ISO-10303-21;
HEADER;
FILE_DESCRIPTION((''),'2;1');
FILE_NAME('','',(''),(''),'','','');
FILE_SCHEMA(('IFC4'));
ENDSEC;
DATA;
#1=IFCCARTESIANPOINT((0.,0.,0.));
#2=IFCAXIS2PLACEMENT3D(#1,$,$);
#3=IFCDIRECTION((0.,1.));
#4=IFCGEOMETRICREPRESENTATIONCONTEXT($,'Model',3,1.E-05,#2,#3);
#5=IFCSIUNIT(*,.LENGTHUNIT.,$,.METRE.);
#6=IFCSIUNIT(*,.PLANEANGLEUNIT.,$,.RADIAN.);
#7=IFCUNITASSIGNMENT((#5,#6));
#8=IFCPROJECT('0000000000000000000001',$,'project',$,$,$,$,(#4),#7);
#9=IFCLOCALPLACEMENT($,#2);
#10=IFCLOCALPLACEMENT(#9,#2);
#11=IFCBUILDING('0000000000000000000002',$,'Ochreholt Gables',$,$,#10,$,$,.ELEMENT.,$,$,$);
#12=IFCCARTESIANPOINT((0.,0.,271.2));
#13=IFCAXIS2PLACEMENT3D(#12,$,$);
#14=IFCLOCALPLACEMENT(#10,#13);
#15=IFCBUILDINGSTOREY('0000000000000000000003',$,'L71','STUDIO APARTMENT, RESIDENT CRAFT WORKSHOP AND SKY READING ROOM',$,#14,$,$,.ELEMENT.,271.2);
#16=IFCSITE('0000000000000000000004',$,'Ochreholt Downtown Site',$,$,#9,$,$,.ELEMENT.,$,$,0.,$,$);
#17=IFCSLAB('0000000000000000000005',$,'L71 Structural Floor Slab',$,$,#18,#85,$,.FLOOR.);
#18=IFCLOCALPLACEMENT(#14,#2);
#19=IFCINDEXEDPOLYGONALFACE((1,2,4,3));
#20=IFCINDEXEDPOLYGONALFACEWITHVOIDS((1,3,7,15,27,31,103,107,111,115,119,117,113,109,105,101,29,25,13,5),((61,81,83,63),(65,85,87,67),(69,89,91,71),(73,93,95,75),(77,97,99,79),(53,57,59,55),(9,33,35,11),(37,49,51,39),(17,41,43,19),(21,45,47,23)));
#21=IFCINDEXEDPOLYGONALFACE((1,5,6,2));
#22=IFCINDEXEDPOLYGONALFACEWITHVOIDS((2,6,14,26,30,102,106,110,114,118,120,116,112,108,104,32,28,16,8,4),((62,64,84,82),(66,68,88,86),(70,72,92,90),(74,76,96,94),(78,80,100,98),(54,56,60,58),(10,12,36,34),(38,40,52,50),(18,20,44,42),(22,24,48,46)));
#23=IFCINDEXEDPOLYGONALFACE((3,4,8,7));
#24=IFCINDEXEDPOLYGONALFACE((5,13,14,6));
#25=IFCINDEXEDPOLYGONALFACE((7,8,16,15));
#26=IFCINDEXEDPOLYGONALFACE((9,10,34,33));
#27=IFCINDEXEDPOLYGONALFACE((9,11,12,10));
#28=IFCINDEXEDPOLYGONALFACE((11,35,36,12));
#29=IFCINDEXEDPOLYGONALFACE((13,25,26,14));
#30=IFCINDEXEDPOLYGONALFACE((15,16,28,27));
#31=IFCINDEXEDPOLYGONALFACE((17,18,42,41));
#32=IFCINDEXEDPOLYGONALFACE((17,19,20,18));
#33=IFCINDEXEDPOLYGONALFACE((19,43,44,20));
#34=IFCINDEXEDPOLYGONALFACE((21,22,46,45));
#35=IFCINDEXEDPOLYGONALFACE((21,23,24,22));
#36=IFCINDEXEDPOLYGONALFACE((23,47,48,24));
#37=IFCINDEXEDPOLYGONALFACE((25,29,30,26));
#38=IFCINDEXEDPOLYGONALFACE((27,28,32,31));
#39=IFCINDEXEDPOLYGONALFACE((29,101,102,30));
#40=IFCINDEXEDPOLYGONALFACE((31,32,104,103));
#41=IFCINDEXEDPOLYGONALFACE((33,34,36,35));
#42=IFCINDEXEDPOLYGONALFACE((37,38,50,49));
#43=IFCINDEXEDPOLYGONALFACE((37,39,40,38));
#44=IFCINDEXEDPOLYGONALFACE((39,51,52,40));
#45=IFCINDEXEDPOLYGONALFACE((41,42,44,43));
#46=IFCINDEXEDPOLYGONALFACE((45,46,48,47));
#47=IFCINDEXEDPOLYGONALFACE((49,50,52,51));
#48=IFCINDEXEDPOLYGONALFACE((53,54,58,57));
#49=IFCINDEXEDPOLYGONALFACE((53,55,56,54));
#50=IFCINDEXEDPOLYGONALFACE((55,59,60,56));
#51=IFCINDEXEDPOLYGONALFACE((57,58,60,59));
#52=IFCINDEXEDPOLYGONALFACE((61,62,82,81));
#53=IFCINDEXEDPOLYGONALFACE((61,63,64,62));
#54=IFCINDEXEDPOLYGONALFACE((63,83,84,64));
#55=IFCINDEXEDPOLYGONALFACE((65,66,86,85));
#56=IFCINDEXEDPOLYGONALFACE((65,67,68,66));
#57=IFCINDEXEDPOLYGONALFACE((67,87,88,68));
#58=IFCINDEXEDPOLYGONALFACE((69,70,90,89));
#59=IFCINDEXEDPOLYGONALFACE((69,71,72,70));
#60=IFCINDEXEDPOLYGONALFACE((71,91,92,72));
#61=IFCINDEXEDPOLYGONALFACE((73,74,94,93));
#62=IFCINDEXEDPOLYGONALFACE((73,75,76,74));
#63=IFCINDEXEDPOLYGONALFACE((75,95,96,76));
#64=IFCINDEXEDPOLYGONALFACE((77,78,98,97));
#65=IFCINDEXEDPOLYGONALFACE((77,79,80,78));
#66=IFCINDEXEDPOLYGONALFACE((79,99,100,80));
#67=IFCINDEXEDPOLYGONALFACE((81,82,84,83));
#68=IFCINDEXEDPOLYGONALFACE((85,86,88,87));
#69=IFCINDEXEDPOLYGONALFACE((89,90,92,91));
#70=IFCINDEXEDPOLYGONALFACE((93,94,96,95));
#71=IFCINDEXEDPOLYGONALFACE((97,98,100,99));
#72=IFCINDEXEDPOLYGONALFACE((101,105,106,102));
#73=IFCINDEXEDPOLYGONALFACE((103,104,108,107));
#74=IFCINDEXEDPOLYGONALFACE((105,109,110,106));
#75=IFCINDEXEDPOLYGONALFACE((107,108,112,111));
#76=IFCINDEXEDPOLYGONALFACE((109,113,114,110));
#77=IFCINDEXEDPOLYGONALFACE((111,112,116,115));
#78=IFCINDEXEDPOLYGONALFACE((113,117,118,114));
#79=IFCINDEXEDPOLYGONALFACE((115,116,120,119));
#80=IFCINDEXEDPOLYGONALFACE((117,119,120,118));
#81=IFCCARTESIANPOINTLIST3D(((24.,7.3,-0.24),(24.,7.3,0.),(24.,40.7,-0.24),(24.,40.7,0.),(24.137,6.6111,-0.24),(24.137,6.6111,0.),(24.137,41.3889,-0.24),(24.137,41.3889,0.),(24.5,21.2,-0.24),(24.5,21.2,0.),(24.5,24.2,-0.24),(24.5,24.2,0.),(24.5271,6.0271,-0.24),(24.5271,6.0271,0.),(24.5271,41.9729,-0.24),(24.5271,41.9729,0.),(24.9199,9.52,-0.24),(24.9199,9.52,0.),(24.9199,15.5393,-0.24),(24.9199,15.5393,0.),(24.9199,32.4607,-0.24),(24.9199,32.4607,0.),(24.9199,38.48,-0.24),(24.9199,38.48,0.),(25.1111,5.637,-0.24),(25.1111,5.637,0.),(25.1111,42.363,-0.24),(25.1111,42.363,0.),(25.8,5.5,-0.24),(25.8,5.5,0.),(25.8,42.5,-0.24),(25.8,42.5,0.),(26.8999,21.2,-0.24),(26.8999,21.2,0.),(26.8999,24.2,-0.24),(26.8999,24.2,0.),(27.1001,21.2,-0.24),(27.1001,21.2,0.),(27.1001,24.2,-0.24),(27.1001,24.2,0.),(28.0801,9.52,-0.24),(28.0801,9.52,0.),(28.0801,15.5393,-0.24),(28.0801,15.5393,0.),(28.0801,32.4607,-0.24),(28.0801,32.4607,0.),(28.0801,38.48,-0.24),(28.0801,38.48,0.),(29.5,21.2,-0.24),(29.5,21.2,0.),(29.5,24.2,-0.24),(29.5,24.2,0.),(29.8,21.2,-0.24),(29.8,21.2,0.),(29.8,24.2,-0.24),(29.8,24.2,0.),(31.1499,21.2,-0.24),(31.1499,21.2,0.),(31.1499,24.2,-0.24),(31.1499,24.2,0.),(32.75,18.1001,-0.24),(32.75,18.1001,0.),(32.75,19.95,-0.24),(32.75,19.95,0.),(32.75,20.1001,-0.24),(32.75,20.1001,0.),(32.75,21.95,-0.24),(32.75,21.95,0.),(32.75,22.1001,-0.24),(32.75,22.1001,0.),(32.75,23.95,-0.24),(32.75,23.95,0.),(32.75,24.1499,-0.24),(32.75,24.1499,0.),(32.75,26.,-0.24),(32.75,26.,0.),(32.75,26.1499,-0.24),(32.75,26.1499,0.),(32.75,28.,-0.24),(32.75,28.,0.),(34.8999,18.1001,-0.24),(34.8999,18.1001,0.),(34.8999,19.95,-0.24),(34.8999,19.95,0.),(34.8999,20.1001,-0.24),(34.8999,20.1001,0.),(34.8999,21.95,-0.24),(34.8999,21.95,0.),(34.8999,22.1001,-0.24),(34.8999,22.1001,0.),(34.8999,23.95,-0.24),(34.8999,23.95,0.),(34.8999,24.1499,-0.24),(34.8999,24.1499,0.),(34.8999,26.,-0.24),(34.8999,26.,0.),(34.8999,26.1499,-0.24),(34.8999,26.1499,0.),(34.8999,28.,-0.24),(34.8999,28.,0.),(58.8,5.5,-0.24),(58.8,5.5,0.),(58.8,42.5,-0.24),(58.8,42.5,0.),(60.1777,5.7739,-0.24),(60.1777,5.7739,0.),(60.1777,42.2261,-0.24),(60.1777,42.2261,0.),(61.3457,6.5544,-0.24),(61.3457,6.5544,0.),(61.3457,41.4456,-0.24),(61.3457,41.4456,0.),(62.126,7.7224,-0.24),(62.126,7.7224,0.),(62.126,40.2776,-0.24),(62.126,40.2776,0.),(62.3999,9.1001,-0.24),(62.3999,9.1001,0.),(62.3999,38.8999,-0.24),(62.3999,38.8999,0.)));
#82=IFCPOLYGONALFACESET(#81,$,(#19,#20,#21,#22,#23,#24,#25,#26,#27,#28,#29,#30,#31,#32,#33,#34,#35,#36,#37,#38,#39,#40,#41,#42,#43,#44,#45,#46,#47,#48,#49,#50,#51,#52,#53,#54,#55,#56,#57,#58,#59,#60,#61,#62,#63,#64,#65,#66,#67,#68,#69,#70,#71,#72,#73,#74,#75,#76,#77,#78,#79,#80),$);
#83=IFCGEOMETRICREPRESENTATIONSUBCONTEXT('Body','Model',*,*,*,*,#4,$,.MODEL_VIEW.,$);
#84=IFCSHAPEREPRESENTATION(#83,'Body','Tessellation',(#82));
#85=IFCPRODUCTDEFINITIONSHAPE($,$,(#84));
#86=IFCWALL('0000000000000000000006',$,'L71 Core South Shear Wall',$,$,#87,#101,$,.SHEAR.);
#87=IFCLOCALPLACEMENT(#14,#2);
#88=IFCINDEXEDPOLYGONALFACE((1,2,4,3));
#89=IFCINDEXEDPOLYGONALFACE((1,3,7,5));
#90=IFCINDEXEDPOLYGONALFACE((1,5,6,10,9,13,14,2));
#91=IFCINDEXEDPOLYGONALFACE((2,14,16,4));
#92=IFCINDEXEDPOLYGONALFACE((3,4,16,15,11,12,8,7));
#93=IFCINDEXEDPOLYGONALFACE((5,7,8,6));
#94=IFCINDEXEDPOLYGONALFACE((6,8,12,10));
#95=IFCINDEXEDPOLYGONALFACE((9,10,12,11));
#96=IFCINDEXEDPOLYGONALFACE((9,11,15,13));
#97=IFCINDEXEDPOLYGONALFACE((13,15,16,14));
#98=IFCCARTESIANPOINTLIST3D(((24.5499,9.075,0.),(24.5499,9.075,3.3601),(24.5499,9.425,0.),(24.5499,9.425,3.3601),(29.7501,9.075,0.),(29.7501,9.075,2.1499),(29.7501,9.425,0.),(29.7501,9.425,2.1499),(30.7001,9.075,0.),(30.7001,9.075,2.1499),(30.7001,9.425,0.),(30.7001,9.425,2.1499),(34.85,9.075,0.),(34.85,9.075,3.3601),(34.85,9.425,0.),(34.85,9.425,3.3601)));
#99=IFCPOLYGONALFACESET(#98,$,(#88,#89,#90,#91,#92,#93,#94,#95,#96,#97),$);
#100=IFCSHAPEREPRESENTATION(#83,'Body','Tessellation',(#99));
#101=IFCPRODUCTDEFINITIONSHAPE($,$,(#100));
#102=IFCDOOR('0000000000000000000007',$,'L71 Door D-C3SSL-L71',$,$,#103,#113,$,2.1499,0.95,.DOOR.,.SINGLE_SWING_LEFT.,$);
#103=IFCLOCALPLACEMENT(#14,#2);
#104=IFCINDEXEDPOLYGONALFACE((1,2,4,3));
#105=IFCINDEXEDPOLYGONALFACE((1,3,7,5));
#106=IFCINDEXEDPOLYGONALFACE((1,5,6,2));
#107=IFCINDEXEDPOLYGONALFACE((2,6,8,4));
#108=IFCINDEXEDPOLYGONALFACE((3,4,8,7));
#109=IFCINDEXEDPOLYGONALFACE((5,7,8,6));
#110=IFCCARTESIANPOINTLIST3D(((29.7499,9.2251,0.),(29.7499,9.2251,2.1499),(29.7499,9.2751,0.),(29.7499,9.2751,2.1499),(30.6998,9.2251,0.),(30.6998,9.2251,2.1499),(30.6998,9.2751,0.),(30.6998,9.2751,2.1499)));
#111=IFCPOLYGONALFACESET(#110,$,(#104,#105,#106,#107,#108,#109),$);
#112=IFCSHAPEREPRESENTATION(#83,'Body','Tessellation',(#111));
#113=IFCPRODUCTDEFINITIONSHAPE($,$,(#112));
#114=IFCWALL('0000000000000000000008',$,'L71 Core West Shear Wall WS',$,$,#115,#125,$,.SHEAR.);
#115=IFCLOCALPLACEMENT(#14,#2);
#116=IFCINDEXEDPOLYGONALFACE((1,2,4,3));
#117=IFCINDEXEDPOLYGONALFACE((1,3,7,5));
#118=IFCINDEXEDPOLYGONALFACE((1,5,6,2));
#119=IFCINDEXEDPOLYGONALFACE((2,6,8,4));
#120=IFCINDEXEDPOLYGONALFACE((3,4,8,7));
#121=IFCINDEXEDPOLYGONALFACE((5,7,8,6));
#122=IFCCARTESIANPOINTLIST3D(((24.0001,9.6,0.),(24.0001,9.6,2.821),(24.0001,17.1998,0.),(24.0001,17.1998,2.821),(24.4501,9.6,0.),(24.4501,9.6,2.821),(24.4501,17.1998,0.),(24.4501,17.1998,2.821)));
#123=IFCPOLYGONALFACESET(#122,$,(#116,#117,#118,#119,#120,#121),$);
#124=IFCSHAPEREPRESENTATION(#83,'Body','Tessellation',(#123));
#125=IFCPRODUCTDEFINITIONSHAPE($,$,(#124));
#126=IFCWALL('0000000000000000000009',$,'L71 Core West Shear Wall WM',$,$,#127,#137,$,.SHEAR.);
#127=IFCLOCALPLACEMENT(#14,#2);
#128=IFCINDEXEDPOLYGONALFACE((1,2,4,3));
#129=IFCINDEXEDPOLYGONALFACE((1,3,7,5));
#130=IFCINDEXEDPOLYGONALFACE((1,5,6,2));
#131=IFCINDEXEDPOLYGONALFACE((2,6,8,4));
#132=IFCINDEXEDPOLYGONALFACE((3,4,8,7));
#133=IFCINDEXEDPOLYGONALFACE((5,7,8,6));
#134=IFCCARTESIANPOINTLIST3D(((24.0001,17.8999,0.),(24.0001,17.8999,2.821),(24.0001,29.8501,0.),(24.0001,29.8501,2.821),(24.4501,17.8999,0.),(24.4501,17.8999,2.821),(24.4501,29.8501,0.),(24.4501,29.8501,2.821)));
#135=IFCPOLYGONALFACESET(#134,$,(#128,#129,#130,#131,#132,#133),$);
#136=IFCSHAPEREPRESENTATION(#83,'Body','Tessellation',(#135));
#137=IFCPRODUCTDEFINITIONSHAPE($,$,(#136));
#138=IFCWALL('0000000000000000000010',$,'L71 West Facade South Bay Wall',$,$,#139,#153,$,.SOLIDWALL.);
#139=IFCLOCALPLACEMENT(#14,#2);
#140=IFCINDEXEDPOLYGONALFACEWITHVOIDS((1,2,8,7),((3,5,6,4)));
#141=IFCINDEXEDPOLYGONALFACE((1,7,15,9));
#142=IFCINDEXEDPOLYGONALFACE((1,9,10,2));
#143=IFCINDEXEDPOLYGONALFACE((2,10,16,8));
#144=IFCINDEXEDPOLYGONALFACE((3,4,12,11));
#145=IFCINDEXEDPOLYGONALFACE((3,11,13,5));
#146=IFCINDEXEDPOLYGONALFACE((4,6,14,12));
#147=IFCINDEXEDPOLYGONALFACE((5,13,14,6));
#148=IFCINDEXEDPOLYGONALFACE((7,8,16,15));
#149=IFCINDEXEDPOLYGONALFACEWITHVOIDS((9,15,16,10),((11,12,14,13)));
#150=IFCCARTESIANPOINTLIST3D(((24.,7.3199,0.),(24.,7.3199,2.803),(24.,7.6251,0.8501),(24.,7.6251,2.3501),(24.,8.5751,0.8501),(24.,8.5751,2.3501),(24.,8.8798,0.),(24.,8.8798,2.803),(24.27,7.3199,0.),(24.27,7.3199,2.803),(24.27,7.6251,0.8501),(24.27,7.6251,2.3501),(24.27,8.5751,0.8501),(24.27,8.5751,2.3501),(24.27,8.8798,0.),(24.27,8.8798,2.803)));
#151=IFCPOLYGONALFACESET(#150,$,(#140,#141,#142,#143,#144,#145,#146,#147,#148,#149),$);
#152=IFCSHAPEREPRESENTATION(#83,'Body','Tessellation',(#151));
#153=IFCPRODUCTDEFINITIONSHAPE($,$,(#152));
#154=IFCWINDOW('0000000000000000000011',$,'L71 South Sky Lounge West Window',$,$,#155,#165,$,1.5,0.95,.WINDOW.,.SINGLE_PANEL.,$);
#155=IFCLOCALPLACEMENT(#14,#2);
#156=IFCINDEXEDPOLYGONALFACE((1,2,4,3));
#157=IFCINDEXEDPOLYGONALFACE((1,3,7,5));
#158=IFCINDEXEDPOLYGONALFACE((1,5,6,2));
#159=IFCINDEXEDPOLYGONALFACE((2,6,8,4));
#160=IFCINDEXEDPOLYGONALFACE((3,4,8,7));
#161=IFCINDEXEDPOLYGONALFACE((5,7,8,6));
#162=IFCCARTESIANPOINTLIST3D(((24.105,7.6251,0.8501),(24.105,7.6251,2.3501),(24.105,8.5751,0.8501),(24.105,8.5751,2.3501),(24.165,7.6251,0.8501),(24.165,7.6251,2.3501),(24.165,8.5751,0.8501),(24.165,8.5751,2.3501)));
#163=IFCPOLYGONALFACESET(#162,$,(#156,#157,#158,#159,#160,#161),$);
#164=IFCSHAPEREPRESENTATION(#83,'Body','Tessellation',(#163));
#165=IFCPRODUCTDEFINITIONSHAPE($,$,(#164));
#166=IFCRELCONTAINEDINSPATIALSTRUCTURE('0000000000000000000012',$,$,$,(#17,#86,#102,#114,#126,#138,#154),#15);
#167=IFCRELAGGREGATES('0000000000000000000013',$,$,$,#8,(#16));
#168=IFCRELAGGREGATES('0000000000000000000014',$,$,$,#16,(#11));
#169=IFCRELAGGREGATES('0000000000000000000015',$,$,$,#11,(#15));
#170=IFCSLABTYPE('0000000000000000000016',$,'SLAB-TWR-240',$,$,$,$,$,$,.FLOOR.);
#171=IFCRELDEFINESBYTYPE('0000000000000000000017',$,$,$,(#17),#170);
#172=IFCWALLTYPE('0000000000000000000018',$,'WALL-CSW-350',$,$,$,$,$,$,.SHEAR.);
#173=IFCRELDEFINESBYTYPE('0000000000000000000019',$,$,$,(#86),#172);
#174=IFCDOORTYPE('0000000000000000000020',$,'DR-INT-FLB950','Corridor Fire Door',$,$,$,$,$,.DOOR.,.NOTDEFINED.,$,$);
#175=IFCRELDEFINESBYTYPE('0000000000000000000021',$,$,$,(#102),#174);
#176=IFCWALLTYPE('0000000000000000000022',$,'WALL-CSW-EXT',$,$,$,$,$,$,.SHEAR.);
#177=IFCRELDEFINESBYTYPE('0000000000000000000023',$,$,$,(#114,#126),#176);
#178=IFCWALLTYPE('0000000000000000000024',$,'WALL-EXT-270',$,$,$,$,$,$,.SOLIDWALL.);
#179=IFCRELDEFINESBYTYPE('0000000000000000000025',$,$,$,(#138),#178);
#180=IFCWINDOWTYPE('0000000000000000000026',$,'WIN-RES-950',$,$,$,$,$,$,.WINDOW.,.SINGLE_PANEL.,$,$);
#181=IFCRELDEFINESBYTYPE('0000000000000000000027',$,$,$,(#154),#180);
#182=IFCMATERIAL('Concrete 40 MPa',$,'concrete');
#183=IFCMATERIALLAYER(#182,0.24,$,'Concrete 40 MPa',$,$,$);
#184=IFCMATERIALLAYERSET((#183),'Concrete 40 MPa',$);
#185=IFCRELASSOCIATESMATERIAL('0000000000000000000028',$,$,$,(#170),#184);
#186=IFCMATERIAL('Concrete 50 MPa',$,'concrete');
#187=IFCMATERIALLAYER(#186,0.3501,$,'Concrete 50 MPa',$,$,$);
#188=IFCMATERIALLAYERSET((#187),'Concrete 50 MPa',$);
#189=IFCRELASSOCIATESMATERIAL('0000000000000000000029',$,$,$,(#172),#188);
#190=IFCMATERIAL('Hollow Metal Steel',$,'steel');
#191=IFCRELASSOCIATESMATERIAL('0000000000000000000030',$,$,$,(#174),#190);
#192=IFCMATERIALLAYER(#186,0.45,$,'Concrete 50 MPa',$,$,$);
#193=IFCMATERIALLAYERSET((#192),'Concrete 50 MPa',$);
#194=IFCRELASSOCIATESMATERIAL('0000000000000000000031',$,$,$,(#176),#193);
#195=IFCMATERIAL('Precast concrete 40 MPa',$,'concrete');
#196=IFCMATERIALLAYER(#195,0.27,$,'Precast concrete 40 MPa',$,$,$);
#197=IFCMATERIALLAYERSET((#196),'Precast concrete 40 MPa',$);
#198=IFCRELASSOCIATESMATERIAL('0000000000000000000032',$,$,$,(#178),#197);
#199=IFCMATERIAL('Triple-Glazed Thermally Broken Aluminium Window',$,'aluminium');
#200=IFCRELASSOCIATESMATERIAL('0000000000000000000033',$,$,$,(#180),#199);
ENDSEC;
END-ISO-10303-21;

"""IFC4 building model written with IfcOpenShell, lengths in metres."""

from ifc_helpers import new_model, si_unit, direction, frame, frame_2d, origin, place, context, subcontext, project, spatial, polyline, rectangle, outline, extrude, material, layer, layer_set, type_object, element, fill, save


model = new_model("IFC4")

# Units and contexts
model_context = context("Model", 3, precision=1e-05, world=origin(), true_north=direction((0.0, 1.0)))
body_context = subcontext(model_context, "Body", "Model", "MODEL_VIEW")
ifc_project = project(units=[si_unit("LENGTHUNIT", "METRE"), si_unit("PLANEANGLEUNIT", "RADIAN")], contexts=[model_context])

# Site, building, storey
site_placement = place(None, origin())
site = spatial("IfcSite", under=ifc_project, at=site_placement, Name="Ochreholt Downtown Site", CompositionType="ELEMENT", RefElevation=0.0)
building_placement = place(site_placement, origin())
building = spatial("IfcBuilding", under=site, at=building_placement, Name="Ochreholt Gables", CompositionType="ELEMENT")
storey_placement = place(building_placement, frame((0.0, 0.0, 271.2)))
storey = spatial("IfcBuildingStorey", under=building, at=storey_placement, Name="L71", Description="STUDIO APARTMENT, RESIDENT CRAFT WORKSHOP AND SKY READING ROOM", CompositionType="ELEMENT", Elevation=271.2)

# Shared definitions
ifc_material_1 = material(Name="Concrete 50 MPa", Category="concrete")

# Shared definitions
ifc_material_2 = material(Name="Concrete 40 MPa", Category="concrete")

# Slab
ifc_layer_1 = layer(ifc_material_2, 0.24, Name="Concrete 40 MPa")
ifc_layer_set_1 = layer_set([ifc_layer_1], Name="Concrete 40 MPa")
slab_type_1 = type_object("IfcSlabType", Name="SLAB-TWR-240", PredefinedType="FLOOR", material=ifc_layer_set_1)
slab_1_placement = place(storey_placement, frame((0.0, 0.0, -0.24)))
element("IfcSlab", 1, at=slab_1_placement, inside=storey, type_object=slab_type_1, Name="L71 Structural Floor Slab", PredefinedType="FLOOR", context=body_context, shape_type="SweptSolid", body=[
    extrude(outline(polyline([(24.0, 7.3), (24.137, 6.6111), (24.5271, 6.0271), (25.1111, 5.637), (25.8, 5.5), (58.8, 5.5), (60.1777, 5.7739), (61.3457, 6.5544), (62.126, 7.7224), (62.3999, 9.1001), (62.3999, 38.8999), (62.126, 40.2776), (61.3457, 41.4456), (60.1777, 42.2261), (58.8, 42.5), (25.8, 42.5), (25.1111, 42.363), (24.5271, 41.9729), (24.137, 41.3889), (24.0, 40.7), (24.0, 7.3)]), holes=[polyline([(24.9199, 15.5393), (24.9199, 9.52), (28.0801, 9.52), (28.0801, 15.5393), (24.9199, 15.5393)]), polyline([(28.0801, 32.4607), (28.0801, 38.48), (24.9199, 38.48), (24.9199, 32.4607), (28.0801, 32.4607)]), polyline([(24.5, 21.2), (26.8999, 21.2), (26.8999, 24.2), (24.5, 24.2), (24.5, 21.2)]), polyline([(27.1001, 21.2), (29.5, 21.2), (29.5, 24.2), (27.1001, 24.2), (27.1001, 21.2)]), polyline([(32.75, 18.1001), (34.8999, 18.1001), (34.8999, 19.95), (32.75, 19.95), (32.75, 18.1001)]), polyline([(32.75, 20.1001), (34.8999, 20.1001), (34.8999, 21.95), (32.75, 21.95), (32.75, 20.1001)]), polyline([(32.75, 22.1001), (34.8999, 22.1001), (34.8999, 23.95), (32.75, 23.95), (32.75, 22.1001)]), polyline([(32.75, 24.1499), (34.8999, 24.1499), (34.8999, 26.0), (32.75, 26.0), (32.75, 24.1499)]), polyline([(32.75, 26.1499), (34.8999, 26.1499), (34.8999, 28.0), (32.75, 28.0), (32.75, 26.1499)]), polyline([(29.8, 21.2), (31.1499, 21.2), (31.1499, 24.2), (29.8, 24.2), (29.8, 21.2)])]), origin(), (0.0, 0.0, 1.0), 0.24),
])

# Wall, opening, door
ifc_layer_2 = layer(ifc_material_1, 0.3501, Name="Concrete 50 MPa")
ifc_layer_set_2 = layer_set([ifc_layer_2], Name="Concrete 50 MPa")
wall_type_1 = type_object("IfcWallType", Name="WALL-CSW-350", PredefinedType="SHEAR", material=ifc_layer_set_2)
wall_1_placement = place(storey_placement, frame((24.55, 9.25, 0.0), z_axis=(0.0, 0.0, 1.0), x_axis=(1.0, 0.0, 0.0)))
wall_1 = element("IfcWall", 2, at=wall_1_placement, inside=storey, type_object=wall_type_1, Name="L71 Core South Shear Wall", PredefinedType="SHEAR", context=body_context, shape_type="SweptSolid", body=[
    extrude(rectangle(XDim=10.3, YDim=0.3501, at=frame_2d((5.1499, 0.0))), origin(), (0.0, 0.0, 1.0), 3.3601),
])
opening_1_placement = place(wall_1_placement, frame((5.2, 0.0, 0.0)))
opening_1 = element("IfcOpeningElement", 3, at=opening_1_placement, cuts=wall_1, PredefinedType="OPENING", context=body_context, shape_type="SweptSolid", body=[
    extrude(rectangle(XDim=0.95, YDim=2.1499, at=frame_2d((0.4751, 1.075))), frame((0.0, 0.1851, 0.0), z_axis=(0.0, -1.0, 0.0), x_axis=(1.0, 0.0, 0.0)), (0.0, 0.0, 1.0), 0.3701),
])
ifc_material_3 = material(Name="Hollow Metal Steel", Category="steel")
door_type_1 = type_object("IfcDoorType", Name="DR-INT-FLB950", Description="Corridor Fire Door", OperationType="NOTDEFINED", PredefinedType="DOOR", material=ifc_material_3)
door_1_placement = place(opening_1_placement, frame((0.95, 0.0, 0.0), z_axis=(0.0, 0.0, 1.0), x_axis=(-1.0, 0.0, 0.0)))
door_1 = element("IfcDoor", 4, at=door_1_placement, inside=storey, type_object=door_type_1, Name="L71 Door D-C3SSL-L71", OperationType="SINGLE_SWING_LEFT", OverallHeight=2.1499, OverallWidth=0.95, PredefinedType="DOOR", context=body_context, shape_type="SweptSolid", body=[
    extrude(rectangle(XDim=0.95, YDim=2.1499, at=frame_2d((0.4751, 1.075))), frame((0.0, 0.0249, 0.0), z_axis=(0.0, -1.0, 0.0), x_axis=(1.0, 0.0, 0.0)), (0.0, 0.0, 1.0), 0.05),
])
fill(opening_1, door_1)

# Walls
ifc_layer_3 = layer(ifc_material_1, 0.45, Name="Concrete 50 MPa")
ifc_layer_set_3 = layer_set([ifc_layer_3], Name="Concrete 50 MPa")
wall_type_2 = type_object("IfcWallType", Name="WALL-CSW-EXT", PredefinedType="SHEAR", material=ifc_layer_set_3)
wall_2_placement = place(storey_placement, frame((24.2251, 9.6001, 0.0), z_axis=(0.0, 0.0, 1.0), x_axis=(0.0, 1.0, 0.0)))
element("IfcWall", 5, at=wall_2_placement, inside=storey, type_object=wall_type_2, Name="L71 Core West Shear Wall WS", PredefinedType="SHEAR", context=body_context, shape_type="SweptSolid", body=[
    extrude(rectangle(XDim=7.5999, YDim=0.45, at=frame_2d((3.7998, 0.0))), origin(), (0.0, 0.0, 1.0), 2.821),
])
wall_3_placement = place(storey_placement, frame((24.2251, 17.8999, 0.0), z_axis=(0.0, 0.0, 1.0), x_axis=(0.0, 1.0, 0.0)))
element("IfcWall", 6, at=wall_3_placement, inside=storey, type_object=wall_type_2, Name="L71 Core West Shear Wall WM", PredefinedType="SHEAR", context=body_context, shape_type="SweptSolid", body=[
    extrude(rectangle(XDim=11.9502, YDim=0.45, at=frame_2d((5.9751, 0.0))), origin(), (0.0, 0.0, 1.0), 2.821),
])

# Wall, opening, window
ifc_material_4 = material(Name="Precast concrete 40 MPa", Category="concrete")
ifc_layer_4 = layer(ifc_material_4, 0.27, Name="Precast concrete 40 MPa")
ifc_layer_set_4 = layer_set([ifc_layer_4], Name="Precast concrete 40 MPa")
wall_type_3 = type_object("IfcWallType", Name="WALL-EXT-270", PredefinedType="SOLIDWALL", material=ifc_layer_set_4)
wall_4_placement = place(storey_placement, frame((24.135, 7.3201, 0.0), z_axis=(0.0, 0.0, 1.0), x_axis=(0.0, 1.0, 0.0)))
wall_4 = element("IfcWall", 7, at=wall_4_placement, inside=storey, type_object=wall_type_3, Name="L71 West Facade South Bay Wall", PredefinedType="SOLIDWALL", context=body_context, shape_type="SweptSolid", body=[
    extrude(rectangle(XDim=1.5598, YDim=0.27, at=frame_2d((0.7798, 0.0))), origin(), (0.0, 0.0, 1.0), 2.803),
])
opening_2_placement = place(wall_4_placement, frame((0.3049, 0.0, 0.8501)))
opening_2 = element("IfcOpeningElement", 8, at=opening_2_placement, cuts=wall_4, PredefinedType="OPENING", context=body_context, shape_type="SweptSolid", body=[
    extrude(rectangle(XDim=0.95, YDim=1.5, at=frame_2d((0.4751, 0.75))), frame((0.0, 0.145, 0.0), z_axis=(0.0, -1.0, 0.0), x_axis=(1.0, 0.0, 0.0)), (0.0, 0.0, 1.0), 0.29),
])
ifc_material_5 = material(Name="Triple-Glazed Thermally Broken Aluminium Window", Category="aluminium")
window_type = type_object("IfcWindowType", Name="WIN-RES-950", PartitioningType="SINGLE_PANEL", PredefinedType="WINDOW", material=ifc_material_5)
window_placement = place(opening_2_placement, origin())
window = element("IfcWindow", 9, at=window_placement, inside=storey, type_object=window_type, Name="L71 South Sky Lounge West Window", OverallHeight=1.5, OverallWidth=0.95, PartitioningType="SINGLE_PANEL", PredefinedType="WINDOW", context=body_context, shape_type="SweptSolid", body=[
    extrude(rectangle(XDim=0.95, YDim=1.5, at=frame_2d((0.4751, 0.75))), frame((0.0, 0.03, 0.0), z_axis=(0.0, -1.0, 0.0), x_axis=(1.0, 0.0, 0.0)), (0.0, 0.0, 1.0), 0.0601),
])
fill(opening_2, window)

save(model, "model.ifc")
